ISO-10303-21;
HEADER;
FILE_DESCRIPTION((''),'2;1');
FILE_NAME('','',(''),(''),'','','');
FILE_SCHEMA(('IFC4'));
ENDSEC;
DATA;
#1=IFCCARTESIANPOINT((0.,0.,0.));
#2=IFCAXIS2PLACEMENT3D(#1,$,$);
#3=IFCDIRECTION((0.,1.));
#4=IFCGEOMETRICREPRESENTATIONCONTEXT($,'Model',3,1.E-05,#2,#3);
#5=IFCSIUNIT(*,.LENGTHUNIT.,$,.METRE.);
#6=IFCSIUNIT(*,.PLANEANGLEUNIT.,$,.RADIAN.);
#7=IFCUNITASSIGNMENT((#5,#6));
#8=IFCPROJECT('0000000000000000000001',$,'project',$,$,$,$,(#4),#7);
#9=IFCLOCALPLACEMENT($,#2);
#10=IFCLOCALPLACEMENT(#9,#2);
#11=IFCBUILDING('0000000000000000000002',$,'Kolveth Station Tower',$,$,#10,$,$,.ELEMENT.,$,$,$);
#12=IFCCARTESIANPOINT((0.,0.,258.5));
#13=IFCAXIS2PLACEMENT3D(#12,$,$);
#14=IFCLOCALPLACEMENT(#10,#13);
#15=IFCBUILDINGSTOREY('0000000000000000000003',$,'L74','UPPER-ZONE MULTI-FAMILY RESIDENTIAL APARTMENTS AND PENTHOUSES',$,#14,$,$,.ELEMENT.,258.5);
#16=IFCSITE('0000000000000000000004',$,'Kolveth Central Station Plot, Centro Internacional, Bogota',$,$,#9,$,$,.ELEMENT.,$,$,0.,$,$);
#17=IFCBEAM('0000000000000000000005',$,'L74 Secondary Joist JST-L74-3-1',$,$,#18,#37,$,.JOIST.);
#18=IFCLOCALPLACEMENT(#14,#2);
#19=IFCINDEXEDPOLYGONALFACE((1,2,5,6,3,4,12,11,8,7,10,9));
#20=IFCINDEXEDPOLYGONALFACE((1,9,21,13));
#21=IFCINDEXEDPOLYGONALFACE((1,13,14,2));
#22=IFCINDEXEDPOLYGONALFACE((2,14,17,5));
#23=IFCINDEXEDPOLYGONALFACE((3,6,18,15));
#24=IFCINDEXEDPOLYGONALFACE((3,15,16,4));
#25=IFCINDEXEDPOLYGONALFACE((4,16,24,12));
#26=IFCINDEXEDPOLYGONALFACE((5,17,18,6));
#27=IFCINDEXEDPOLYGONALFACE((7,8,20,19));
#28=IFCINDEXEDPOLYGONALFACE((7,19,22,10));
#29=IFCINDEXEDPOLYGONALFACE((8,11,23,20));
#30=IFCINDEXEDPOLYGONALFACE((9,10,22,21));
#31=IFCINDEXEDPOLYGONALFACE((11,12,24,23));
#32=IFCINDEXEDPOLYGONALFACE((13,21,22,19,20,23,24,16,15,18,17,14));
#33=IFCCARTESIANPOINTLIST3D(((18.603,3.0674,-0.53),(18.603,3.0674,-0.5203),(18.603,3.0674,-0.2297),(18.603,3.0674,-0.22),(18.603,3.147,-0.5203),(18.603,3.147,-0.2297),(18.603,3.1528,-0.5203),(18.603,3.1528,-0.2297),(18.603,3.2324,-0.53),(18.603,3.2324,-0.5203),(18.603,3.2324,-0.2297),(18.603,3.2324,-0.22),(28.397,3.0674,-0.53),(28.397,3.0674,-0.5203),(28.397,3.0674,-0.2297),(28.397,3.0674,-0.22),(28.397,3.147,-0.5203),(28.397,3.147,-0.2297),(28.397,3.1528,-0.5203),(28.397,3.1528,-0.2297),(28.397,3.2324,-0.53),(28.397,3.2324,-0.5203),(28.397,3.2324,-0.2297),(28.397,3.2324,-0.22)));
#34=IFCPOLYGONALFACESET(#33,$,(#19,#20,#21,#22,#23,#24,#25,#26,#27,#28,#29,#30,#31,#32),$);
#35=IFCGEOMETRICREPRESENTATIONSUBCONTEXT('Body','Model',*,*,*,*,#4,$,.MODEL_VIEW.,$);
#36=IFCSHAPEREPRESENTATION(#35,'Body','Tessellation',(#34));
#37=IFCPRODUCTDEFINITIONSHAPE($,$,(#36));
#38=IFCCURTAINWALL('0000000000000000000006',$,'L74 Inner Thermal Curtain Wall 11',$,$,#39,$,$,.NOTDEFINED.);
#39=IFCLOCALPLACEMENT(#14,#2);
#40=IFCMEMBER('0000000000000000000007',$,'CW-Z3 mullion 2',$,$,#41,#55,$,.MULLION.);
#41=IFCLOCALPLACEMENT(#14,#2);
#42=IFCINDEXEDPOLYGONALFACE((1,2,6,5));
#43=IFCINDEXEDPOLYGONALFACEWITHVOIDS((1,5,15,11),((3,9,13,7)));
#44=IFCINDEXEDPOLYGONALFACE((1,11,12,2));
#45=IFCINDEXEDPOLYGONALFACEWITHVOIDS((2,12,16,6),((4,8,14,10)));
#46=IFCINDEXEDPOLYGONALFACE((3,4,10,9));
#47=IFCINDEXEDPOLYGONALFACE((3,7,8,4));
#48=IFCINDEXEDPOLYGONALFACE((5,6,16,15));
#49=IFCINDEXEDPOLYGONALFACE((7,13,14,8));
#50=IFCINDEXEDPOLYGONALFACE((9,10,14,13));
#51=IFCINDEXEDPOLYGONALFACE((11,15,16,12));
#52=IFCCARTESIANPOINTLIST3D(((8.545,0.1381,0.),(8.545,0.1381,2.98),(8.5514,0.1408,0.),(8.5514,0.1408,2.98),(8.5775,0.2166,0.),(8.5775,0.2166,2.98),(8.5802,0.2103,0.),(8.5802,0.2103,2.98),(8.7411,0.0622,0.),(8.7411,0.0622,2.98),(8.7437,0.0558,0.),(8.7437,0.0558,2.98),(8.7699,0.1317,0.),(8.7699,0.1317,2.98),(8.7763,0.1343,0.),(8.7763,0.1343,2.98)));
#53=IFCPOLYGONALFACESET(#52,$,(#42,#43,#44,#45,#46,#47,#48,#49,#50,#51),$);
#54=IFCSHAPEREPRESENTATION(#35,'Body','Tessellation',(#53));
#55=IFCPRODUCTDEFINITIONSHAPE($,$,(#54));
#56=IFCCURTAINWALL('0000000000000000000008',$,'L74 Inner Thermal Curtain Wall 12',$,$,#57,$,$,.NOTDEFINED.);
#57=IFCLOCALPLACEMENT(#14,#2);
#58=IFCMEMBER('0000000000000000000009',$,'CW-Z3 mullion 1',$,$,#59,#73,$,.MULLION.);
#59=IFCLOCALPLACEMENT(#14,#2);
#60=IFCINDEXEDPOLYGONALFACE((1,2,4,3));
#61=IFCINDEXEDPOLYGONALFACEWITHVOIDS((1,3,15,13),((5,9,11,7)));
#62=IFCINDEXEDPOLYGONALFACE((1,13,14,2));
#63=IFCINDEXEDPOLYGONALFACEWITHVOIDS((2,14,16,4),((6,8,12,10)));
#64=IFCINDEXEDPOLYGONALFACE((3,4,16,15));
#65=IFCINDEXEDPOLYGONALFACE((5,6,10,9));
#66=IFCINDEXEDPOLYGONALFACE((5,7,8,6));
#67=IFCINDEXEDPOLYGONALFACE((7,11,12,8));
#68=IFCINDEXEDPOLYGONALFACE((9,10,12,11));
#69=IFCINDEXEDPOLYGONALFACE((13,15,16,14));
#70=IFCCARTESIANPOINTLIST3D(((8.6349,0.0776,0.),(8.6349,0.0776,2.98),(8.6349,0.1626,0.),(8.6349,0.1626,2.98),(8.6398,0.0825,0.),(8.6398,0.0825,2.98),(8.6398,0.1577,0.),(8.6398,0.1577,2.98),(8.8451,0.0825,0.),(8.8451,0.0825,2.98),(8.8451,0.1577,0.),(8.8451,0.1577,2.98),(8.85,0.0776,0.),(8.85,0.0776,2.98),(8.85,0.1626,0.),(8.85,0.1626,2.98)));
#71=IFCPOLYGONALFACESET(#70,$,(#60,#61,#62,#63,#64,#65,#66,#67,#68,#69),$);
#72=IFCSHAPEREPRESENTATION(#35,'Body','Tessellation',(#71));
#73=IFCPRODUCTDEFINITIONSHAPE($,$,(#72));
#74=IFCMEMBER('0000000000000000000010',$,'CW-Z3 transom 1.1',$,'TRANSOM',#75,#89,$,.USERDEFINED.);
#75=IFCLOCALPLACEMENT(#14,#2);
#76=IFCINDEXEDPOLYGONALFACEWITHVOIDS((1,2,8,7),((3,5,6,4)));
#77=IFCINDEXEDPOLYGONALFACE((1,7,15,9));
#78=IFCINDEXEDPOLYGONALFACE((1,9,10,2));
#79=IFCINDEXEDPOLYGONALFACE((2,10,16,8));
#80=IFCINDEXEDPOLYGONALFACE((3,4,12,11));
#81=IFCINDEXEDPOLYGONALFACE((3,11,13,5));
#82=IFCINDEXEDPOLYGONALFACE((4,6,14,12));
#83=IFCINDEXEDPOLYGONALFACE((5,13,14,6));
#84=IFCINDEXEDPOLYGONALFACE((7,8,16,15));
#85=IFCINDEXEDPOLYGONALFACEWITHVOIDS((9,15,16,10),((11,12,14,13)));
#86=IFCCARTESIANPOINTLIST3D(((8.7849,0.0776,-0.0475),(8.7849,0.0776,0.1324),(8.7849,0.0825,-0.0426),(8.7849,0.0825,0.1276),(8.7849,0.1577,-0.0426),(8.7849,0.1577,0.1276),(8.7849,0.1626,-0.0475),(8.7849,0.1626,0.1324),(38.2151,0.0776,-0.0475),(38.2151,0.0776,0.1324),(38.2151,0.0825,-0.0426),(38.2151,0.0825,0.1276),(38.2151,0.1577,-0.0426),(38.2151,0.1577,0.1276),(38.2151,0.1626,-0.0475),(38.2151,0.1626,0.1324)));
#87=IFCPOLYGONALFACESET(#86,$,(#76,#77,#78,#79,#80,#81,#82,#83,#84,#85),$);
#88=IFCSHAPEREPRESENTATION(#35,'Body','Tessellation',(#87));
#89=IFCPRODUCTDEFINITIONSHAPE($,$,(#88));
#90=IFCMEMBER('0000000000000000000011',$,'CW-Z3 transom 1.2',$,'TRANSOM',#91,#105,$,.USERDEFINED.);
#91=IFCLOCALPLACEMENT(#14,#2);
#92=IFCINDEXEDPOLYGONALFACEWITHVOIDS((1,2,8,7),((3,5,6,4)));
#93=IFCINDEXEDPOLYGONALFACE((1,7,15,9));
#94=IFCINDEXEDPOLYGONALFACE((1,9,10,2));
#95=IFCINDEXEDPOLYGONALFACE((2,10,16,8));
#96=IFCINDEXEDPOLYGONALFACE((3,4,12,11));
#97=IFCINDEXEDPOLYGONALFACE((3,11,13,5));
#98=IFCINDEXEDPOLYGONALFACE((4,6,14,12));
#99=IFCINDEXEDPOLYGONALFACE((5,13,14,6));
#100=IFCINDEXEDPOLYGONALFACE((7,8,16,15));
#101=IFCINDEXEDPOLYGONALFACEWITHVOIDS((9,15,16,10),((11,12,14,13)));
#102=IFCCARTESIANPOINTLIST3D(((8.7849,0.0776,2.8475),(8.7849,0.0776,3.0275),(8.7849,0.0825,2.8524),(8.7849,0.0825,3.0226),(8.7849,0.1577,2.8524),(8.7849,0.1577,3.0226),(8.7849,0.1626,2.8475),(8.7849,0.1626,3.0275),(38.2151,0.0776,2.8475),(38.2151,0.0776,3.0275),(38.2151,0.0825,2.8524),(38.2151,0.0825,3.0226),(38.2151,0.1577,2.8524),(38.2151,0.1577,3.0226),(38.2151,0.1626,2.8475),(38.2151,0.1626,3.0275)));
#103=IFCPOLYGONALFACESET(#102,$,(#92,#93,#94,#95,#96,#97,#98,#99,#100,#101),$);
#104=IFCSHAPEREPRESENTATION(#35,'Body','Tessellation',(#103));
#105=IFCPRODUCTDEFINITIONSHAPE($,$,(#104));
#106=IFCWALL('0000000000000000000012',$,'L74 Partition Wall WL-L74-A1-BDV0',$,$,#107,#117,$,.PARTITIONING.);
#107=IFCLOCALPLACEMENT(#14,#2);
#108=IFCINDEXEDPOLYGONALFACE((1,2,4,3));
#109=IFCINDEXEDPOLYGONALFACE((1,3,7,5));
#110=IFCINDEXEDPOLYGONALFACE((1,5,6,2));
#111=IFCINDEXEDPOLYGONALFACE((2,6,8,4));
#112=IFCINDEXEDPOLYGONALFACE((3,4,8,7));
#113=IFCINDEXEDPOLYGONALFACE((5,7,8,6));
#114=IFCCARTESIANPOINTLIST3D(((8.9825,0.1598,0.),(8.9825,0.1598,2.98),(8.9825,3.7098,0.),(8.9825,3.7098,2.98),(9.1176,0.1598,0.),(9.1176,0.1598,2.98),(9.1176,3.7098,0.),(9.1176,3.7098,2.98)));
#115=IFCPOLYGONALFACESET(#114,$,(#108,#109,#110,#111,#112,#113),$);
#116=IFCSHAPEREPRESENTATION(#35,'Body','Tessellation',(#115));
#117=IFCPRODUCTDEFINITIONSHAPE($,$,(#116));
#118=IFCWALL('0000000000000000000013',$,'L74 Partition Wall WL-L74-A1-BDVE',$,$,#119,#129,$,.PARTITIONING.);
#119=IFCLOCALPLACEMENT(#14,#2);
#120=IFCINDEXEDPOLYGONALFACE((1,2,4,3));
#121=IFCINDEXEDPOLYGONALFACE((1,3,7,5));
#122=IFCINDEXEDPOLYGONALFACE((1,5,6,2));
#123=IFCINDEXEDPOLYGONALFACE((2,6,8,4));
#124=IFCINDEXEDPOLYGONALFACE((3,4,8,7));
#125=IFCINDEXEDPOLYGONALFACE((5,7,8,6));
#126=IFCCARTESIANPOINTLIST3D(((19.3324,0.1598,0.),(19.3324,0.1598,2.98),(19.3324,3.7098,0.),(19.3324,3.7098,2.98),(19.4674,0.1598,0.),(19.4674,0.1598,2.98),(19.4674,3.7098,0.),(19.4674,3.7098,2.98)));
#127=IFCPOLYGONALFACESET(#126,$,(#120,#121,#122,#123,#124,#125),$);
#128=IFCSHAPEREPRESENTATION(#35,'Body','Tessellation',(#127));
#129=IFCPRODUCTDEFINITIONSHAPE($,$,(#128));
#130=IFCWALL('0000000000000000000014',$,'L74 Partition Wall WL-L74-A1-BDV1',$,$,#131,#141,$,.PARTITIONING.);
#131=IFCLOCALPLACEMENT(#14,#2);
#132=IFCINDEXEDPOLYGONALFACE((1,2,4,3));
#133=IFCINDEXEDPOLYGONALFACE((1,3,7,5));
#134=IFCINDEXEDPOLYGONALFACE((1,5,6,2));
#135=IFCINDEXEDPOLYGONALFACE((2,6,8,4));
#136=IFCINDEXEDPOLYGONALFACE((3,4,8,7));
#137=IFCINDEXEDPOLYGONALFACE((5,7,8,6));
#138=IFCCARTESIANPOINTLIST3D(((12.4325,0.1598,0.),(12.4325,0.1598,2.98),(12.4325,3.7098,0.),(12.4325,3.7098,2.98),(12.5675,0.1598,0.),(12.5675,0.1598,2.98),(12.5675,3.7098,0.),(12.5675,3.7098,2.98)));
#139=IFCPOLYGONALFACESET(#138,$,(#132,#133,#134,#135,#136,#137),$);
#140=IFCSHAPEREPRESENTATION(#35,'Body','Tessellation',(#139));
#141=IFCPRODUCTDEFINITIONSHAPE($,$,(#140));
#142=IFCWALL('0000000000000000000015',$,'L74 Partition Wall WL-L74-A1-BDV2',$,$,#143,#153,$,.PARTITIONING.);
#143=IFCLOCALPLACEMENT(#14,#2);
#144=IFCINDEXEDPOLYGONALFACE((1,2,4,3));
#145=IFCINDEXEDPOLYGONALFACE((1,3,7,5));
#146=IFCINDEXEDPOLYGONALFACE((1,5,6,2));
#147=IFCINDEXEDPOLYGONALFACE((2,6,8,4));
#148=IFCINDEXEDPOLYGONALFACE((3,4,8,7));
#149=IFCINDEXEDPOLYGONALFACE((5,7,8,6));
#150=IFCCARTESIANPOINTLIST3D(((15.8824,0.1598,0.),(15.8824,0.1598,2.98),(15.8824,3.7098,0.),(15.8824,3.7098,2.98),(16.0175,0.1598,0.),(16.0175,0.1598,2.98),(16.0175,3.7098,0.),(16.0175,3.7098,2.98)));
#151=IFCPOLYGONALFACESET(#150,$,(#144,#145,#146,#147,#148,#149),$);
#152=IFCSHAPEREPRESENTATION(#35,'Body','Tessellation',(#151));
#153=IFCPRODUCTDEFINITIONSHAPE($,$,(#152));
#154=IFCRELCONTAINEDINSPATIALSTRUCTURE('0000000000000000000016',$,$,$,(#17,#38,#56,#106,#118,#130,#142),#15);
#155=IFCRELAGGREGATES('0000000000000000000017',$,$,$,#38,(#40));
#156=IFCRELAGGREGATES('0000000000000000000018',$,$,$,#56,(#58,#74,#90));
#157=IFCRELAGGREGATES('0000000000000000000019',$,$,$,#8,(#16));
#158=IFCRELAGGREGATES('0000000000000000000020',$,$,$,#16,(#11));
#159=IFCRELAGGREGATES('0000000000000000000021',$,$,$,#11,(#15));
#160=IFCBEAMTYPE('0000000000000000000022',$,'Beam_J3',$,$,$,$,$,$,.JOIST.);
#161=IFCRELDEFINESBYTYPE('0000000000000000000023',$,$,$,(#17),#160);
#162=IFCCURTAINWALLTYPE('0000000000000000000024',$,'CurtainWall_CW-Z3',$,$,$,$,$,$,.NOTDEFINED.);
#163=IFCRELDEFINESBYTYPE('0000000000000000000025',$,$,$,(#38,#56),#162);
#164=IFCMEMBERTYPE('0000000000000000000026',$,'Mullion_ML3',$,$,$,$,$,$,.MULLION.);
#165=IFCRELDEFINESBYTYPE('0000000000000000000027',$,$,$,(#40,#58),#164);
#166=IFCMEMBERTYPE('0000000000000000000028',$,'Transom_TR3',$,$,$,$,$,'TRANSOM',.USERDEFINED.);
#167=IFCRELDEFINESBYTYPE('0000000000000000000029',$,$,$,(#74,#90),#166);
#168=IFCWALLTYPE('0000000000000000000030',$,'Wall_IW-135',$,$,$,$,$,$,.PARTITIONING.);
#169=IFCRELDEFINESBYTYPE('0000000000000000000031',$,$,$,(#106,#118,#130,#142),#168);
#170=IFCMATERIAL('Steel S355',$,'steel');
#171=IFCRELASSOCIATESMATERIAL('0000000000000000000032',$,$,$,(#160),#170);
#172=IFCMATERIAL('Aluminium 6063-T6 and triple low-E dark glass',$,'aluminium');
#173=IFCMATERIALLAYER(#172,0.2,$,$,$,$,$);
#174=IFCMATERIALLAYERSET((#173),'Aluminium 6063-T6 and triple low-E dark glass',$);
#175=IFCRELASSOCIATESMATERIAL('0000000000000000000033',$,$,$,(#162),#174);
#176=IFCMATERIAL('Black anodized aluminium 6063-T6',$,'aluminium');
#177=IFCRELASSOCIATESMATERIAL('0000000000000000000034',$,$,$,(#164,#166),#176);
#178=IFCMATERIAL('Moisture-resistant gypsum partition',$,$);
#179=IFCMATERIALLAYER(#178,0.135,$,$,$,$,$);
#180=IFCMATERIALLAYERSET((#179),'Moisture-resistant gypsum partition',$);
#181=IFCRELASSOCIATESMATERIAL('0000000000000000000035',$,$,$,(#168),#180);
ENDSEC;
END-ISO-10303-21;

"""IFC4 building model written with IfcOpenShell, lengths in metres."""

from ifc_helpers import new_model, si_unit, direction, frame, frame_2d, origin, origin_2d, place, context, subcontext, project, spatial, rectangle, hollow_rectangle, i_section, extrude, source, transform, mapped, material, layer, layer_set, material_profile, profile_set, type_object, element, aggregate, save


model = new_model("IFC4")

# Units and contexts
model_context = context("Model", 3, precision=1e-05, world=origin(), true_north=direction((0.0, 1.0)))
body_context = subcontext(model_context, "Body", "Model", "MODEL_VIEW")
ifc_project = project(units=[si_unit("LENGTHUNIT", "METRE"), si_unit("PLANEANGLEUNIT", "RADIAN")], contexts=[model_context])

# Site, building, storey
site_placement = place(None, origin())
site = spatial("IfcSite", under=ifc_project, at=site_placement, Name="Kolveth Central Station Plot, Centro Internacional, Bogota", CompositionType="ELEMENT", RefElevation=0.0)
building_placement = place(site_placement, origin())
building = spatial("IfcBuilding", under=site, at=building_placement, Name="Kolveth Station Tower", CompositionType="ELEMENT")
storey_placement = place(building_placement, frame((0.0, 0.0, 258.5)))
storey = spatial("IfcBuildingStorey", under=building, at=storey_placement, Name="L74", Description="UPPER-ZONE MULTI-FAMILY RESIDENTIAL APARTMENTS AND PENTHOUSES", CompositionType="ELEMENT", Elevation=258.5)

# Shared definitions
ifc_material_1 = material(Name="Steel S355", Category="steel")

# Beam
ifc_material_profile_1 = material_profile(ifc_material_1, i_section(OverallWidth=0.165, OverallDepth=0.3101, WebThickness=0.0059, FlangeThickness=0.0098, at=origin_2d()), Name="W310x39")
ifc_profile_set_1 = profile_set([ifc_material_profile_1], Name="Steel S355")
beam_type_1 = type_object("IfcBeamType", Name="Beam_J3", PredefinedType="JOIST", material=ifc_profile_set_1)
shared_shape_1 = source(origin(), body_context, "Body", "SweptSolid", [
    extrude(i_section(OverallWidth=0.165, OverallDepth=0.3101, WebThickness=0.0059, FlangeThickness=0.0098, at=origin_2d()), origin(), (0.0, 0.0, 1.0), 9.7939),
])
beam_1_placement = place(storey_placement, frame((18.603, 3.1499, -0.375), z_axis=(1.0, 0.0, 0.0), x_axis=(0.0, 1.0, 0.0)))
element("IfcBeam", 1, at=beam_1_placement, inside=storey, type_object=beam_type_1, Name="L74 Secondary Joist JST-L74-3-1", PredefinedType="JOIST", context=body_context, shape_type="MappedRepresentation", body=[
    mapped(shared_shape_1, transform((0.0, 0.0, 0.0), x_axis=(1.0, 0.0, 0.0), y_axis=(0.0, 1.0, 0.0), z_axis=(0.0, 0.0, 1.0), scale=1.0)),
])

# Curtain wall, member
ifc_material_2 = material(Name="Aluminium 6063-T6 and triple low-E dark glass", Category="aluminium")
ifc_layer_1 = layer(ifc_material_2, 0.2)
ifc_layer_set_1 = layer_set([ifc_layer_1], Name="Aluminium 6063-T6 and triple low-E dark glass")
curtain_wall_type = type_object("IfcCurtainWallType", Name="CurtainWall_CW-Z3", PredefinedType="NOTDEFINED", material=ifc_layer_set_1)
curtain_wall_1_placement = place(storey_placement, origin())
curtain_wall_1 = element("IfcCurtainWall", 2, at=curtain_wall_1_placement, inside=storey, type_object=curtain_wall_type, Name="L74 Inner Thermal Curtain Wall 11", PredefinedType="NOTDEFINED")
ifc_material_3 = material(Name="Black anodized aluminium 6063-T6", Category="aluminium")
ifc_material_profile_2 = material_profile(ifc_material_3, hollow_rectangle(XDim=0.085, YDim=0.2151, WallThickness=0.0049, at=origin_2d()), Name="ALU-85x215x5")
ifc_profile_set_2 = profile_set([ifc_material_profile_2], Name="Black anodized aluminium 6063-T6")
member_type_1 = type_object("IfcMemberType", Name="Mullion_ML3", PredefinedType="MULLION", material=ifc_profile_set_2)
shared_shape_2 = source(origin(), body_context, "Body", "SweptSolid", [
    extrude(hollow_rectangle(XDim=0.085, YDim=0.2151, WallThickness=0.0049, at=origin_2d()), origin(), (0.0, 0.0, 1.0), 2.98),
])
member_1_placement = place(storey_placement, frame((8.6606, 0.1362, 0.0), z_axis=(0.0, 0.0, 1.0), x_axis=(0.382693, 0.923875, 0.0)))
member_1 = element("IfcMember", 3, at=member_1_placement, type_object=member_type_1, Name="CW-Z3 mullion 2", PredefinedType="MULLION", context=body_context, shape_type="MappedRepresentation", body=[
    mapped(shared_shape_2, transform((0.0, 0.0, 0.0), x_axis=(1.0, 0.0, 0.0), y_axis=(0.0, 1.0, 0.0), z_axis=(0.0, 0.0, 1.0), scale=1.0)),
])
aggregate(curtain_wall_1, [member_1])

# Curtain wall, members
curtain_wall_2_placement = place(storey_placement, origin())
curtain_wall_2 = element("IfcCurtainWall", 4, at=curtain_wall_2_placement, inside=storey, type_object=curtain_wall_type, Name="L74 Inner Thermal Curtain Wall 12", PredefinedType="NOTDEFINED")
member_2_placement = place(storey_placement, frame((8.7424, 0.1201, 0.0), z_axis=(0.0, 0.0, 1.0), x_axis=(0.0, 1.0, 0.0)))
member_2 = element("IfcMember", 5, at=member_2_placement, type_object=member_type_1, Name="CW-Z3 mullion 1", PredefinedType="MULLION", context=body_context, shape_type="MappedRepresentation", body=[
    mapped(shared_shape_2, transform((0.0, 0.0, 0.0), x_axis=(1.0, 0.0, 0.0), y_axis=(0.0, 1.0, 0.0), z_axis=(0.0, 0.0, 1.0), scale=1.0)),
])
ifc_material_profile_3 = material_profile(ifc_material_3, hollow_rectangle(XDim=0.085, YDim=0.1799, WallThickness=0.0049, at=origin_2d()), Name="ALU-85x180x5")
ifc_profile_set_3 = profile_set([ifc_material_profile_3], Name="Black anodized aluminium 6063-T6")
member_type_2 = type_object("IfcMemberType", Name="Transom_TR3", ElementType="TRANSOM", PredefinedType="USERDEFINED", material=ifc_profile_set_3)
shared_shape_3 = source(origin(), body_context, "Body", "SweptSolid", [
    extrude(hollow_rectangle(XDim=0.085, YDim=0.1799, WallThickness=0.0049, at=origin_2d()), origin(), (0.0, 0.0, 1.0), 29.4302),
])
member_3_placement = place(storey_placement, frame((8.7849, 0.1201, 0.0425), z_axis=(1.0, 0.0, 0.0), x_axis=(0.0, 1.0, 0.0)))
member_3 = element("IfcMember", 6, at=member_3_placement, type_object=member_type_2, Name="CW-Z3 transom 1.1", ObjectType="TRANSOM", PredefinedType="USERDEFINED", context=body_context, shape_type="MappedRepresentation", body=[
    mapped(shared_shape_3, transform((0.0, 0.0, 0.0), x_axis=(1.0, 0.0, 0.0), y_axis=(0.0, 1.0, 0.0), z_axis=(0.0, 0.0, 1.0), scale=1.0)),
])
member_4_placement = place(storey_placement, frame((8.7849, 0.1201, 2.9375), z_axis=(1.0, 0.0, 0.0), x_axis=(0.0, 1.0, 0.0)))
member_4 = element("IfcMember", 7, at=member_4_placement, type_object=member_type_2, Name="CW-Z3 transom 1.2", ObjectType="TRANSOM", PredefinedType="USERDEFINED", context=body_context, shape_type="MappedRepresentation", body=[
    mapped(shared_shape_3, transform((0.0, 0.0, 0.0), x_axis=(1.0, 0.0, 0.0), y_axis=(0.0, 1.0, 0.0), z_axis=(0.0, 0.0, 1.0), scale=1.0)),
])
aggregate(curtain_wall_2, [member_2, member_3, member_4])

# Walls
ifc_material_4 = material(Name="Moisture-resistant gypsum partition")
ifc_layer_2 = layer(ifc_material_4, 0.135)
ifc_layer_set_2 = layer_set([ifc_layer_2], Name="Moisture-resistant gypsum partition")
wall_type = type_object("IfcWallType", Name="Wall_IW-135", PredefinedType="PARTITIONING", material=ifc_layer_set_2)
for number, where, z_axis, x_axis, name in (
    (8, (9.05, 0.1599, 0.0), (0.0, 0.0, 1.0), (0.0, 1.0, 0.0), "L74 Partition Wall WL-L74-A1-BDV0"),
    (9, (19.3999, 0.1599, 0.0), (0.0, 0.0, 1.0), (0.0, 1.0, 0.0), "L74 Partition Wall WL-L74-A1-BDVE"),
):
    element("IfcWall", number, at=place(storey_placement, frame(where, z_axis=z_axis, x_axis=x_axis)), inside=storey, type_object=wall_type, Name=name, PredefinedType="PARTITIONING", context=body_context, shape_type="SweptSolid", body=[
        extrude(rectangle(XDim=3.55, YDim=0.135, at=frame_2d((1.7749, 0.0))), origin(), (0.0, 0.0, 1.0), 2.98),
    ])

# Wall
wall_1_placement = place(storey_placement, frame((12.5, 0.1599, 0.0), z_axis=(0.0, 0.0, 1.0), x_axis=(0.0, 1.0, 0.0)))
element("IfcWall", 10, at=wall_1_placement, inside=storey, type_object=wall_type, Name="L74 Partition Wall WL-L74-A1-BDV1", PredefinedType="PARTITIONING", context=body_context, shape_type="SweptSolid", body=[
    extrude(rectangle(XDim=3.55, YDim=0.135, at=frame_2d((1.7749, 0.0))), origin(), (0.0, 0.0, 1.0), 2.98),
])

# Wall
wall_2_placement = place(storey_placement, frame((15.95, 0.1599, 0.0), z_axis=(0.0, 0.0, 1.0), x_axis=(0.0, 1.0, 0.0)))
element("IfcWall", 11, at=wall_2_placement, inside=storey, type_object=wall_type, Name="L74 Partition Wall WL-L74-A1-BDV2", PredefinedType="PARTITIONING", context=body_context, shape_type="SweptSolid", body=[
    extrude(rectangle(XDim=3.55, YDim=0.135, at=frame_2d((1.7749, 0.0))), origin(), (0.0, 0.0, 1.0), 2.98),
])

save(model, "model.ifc")
